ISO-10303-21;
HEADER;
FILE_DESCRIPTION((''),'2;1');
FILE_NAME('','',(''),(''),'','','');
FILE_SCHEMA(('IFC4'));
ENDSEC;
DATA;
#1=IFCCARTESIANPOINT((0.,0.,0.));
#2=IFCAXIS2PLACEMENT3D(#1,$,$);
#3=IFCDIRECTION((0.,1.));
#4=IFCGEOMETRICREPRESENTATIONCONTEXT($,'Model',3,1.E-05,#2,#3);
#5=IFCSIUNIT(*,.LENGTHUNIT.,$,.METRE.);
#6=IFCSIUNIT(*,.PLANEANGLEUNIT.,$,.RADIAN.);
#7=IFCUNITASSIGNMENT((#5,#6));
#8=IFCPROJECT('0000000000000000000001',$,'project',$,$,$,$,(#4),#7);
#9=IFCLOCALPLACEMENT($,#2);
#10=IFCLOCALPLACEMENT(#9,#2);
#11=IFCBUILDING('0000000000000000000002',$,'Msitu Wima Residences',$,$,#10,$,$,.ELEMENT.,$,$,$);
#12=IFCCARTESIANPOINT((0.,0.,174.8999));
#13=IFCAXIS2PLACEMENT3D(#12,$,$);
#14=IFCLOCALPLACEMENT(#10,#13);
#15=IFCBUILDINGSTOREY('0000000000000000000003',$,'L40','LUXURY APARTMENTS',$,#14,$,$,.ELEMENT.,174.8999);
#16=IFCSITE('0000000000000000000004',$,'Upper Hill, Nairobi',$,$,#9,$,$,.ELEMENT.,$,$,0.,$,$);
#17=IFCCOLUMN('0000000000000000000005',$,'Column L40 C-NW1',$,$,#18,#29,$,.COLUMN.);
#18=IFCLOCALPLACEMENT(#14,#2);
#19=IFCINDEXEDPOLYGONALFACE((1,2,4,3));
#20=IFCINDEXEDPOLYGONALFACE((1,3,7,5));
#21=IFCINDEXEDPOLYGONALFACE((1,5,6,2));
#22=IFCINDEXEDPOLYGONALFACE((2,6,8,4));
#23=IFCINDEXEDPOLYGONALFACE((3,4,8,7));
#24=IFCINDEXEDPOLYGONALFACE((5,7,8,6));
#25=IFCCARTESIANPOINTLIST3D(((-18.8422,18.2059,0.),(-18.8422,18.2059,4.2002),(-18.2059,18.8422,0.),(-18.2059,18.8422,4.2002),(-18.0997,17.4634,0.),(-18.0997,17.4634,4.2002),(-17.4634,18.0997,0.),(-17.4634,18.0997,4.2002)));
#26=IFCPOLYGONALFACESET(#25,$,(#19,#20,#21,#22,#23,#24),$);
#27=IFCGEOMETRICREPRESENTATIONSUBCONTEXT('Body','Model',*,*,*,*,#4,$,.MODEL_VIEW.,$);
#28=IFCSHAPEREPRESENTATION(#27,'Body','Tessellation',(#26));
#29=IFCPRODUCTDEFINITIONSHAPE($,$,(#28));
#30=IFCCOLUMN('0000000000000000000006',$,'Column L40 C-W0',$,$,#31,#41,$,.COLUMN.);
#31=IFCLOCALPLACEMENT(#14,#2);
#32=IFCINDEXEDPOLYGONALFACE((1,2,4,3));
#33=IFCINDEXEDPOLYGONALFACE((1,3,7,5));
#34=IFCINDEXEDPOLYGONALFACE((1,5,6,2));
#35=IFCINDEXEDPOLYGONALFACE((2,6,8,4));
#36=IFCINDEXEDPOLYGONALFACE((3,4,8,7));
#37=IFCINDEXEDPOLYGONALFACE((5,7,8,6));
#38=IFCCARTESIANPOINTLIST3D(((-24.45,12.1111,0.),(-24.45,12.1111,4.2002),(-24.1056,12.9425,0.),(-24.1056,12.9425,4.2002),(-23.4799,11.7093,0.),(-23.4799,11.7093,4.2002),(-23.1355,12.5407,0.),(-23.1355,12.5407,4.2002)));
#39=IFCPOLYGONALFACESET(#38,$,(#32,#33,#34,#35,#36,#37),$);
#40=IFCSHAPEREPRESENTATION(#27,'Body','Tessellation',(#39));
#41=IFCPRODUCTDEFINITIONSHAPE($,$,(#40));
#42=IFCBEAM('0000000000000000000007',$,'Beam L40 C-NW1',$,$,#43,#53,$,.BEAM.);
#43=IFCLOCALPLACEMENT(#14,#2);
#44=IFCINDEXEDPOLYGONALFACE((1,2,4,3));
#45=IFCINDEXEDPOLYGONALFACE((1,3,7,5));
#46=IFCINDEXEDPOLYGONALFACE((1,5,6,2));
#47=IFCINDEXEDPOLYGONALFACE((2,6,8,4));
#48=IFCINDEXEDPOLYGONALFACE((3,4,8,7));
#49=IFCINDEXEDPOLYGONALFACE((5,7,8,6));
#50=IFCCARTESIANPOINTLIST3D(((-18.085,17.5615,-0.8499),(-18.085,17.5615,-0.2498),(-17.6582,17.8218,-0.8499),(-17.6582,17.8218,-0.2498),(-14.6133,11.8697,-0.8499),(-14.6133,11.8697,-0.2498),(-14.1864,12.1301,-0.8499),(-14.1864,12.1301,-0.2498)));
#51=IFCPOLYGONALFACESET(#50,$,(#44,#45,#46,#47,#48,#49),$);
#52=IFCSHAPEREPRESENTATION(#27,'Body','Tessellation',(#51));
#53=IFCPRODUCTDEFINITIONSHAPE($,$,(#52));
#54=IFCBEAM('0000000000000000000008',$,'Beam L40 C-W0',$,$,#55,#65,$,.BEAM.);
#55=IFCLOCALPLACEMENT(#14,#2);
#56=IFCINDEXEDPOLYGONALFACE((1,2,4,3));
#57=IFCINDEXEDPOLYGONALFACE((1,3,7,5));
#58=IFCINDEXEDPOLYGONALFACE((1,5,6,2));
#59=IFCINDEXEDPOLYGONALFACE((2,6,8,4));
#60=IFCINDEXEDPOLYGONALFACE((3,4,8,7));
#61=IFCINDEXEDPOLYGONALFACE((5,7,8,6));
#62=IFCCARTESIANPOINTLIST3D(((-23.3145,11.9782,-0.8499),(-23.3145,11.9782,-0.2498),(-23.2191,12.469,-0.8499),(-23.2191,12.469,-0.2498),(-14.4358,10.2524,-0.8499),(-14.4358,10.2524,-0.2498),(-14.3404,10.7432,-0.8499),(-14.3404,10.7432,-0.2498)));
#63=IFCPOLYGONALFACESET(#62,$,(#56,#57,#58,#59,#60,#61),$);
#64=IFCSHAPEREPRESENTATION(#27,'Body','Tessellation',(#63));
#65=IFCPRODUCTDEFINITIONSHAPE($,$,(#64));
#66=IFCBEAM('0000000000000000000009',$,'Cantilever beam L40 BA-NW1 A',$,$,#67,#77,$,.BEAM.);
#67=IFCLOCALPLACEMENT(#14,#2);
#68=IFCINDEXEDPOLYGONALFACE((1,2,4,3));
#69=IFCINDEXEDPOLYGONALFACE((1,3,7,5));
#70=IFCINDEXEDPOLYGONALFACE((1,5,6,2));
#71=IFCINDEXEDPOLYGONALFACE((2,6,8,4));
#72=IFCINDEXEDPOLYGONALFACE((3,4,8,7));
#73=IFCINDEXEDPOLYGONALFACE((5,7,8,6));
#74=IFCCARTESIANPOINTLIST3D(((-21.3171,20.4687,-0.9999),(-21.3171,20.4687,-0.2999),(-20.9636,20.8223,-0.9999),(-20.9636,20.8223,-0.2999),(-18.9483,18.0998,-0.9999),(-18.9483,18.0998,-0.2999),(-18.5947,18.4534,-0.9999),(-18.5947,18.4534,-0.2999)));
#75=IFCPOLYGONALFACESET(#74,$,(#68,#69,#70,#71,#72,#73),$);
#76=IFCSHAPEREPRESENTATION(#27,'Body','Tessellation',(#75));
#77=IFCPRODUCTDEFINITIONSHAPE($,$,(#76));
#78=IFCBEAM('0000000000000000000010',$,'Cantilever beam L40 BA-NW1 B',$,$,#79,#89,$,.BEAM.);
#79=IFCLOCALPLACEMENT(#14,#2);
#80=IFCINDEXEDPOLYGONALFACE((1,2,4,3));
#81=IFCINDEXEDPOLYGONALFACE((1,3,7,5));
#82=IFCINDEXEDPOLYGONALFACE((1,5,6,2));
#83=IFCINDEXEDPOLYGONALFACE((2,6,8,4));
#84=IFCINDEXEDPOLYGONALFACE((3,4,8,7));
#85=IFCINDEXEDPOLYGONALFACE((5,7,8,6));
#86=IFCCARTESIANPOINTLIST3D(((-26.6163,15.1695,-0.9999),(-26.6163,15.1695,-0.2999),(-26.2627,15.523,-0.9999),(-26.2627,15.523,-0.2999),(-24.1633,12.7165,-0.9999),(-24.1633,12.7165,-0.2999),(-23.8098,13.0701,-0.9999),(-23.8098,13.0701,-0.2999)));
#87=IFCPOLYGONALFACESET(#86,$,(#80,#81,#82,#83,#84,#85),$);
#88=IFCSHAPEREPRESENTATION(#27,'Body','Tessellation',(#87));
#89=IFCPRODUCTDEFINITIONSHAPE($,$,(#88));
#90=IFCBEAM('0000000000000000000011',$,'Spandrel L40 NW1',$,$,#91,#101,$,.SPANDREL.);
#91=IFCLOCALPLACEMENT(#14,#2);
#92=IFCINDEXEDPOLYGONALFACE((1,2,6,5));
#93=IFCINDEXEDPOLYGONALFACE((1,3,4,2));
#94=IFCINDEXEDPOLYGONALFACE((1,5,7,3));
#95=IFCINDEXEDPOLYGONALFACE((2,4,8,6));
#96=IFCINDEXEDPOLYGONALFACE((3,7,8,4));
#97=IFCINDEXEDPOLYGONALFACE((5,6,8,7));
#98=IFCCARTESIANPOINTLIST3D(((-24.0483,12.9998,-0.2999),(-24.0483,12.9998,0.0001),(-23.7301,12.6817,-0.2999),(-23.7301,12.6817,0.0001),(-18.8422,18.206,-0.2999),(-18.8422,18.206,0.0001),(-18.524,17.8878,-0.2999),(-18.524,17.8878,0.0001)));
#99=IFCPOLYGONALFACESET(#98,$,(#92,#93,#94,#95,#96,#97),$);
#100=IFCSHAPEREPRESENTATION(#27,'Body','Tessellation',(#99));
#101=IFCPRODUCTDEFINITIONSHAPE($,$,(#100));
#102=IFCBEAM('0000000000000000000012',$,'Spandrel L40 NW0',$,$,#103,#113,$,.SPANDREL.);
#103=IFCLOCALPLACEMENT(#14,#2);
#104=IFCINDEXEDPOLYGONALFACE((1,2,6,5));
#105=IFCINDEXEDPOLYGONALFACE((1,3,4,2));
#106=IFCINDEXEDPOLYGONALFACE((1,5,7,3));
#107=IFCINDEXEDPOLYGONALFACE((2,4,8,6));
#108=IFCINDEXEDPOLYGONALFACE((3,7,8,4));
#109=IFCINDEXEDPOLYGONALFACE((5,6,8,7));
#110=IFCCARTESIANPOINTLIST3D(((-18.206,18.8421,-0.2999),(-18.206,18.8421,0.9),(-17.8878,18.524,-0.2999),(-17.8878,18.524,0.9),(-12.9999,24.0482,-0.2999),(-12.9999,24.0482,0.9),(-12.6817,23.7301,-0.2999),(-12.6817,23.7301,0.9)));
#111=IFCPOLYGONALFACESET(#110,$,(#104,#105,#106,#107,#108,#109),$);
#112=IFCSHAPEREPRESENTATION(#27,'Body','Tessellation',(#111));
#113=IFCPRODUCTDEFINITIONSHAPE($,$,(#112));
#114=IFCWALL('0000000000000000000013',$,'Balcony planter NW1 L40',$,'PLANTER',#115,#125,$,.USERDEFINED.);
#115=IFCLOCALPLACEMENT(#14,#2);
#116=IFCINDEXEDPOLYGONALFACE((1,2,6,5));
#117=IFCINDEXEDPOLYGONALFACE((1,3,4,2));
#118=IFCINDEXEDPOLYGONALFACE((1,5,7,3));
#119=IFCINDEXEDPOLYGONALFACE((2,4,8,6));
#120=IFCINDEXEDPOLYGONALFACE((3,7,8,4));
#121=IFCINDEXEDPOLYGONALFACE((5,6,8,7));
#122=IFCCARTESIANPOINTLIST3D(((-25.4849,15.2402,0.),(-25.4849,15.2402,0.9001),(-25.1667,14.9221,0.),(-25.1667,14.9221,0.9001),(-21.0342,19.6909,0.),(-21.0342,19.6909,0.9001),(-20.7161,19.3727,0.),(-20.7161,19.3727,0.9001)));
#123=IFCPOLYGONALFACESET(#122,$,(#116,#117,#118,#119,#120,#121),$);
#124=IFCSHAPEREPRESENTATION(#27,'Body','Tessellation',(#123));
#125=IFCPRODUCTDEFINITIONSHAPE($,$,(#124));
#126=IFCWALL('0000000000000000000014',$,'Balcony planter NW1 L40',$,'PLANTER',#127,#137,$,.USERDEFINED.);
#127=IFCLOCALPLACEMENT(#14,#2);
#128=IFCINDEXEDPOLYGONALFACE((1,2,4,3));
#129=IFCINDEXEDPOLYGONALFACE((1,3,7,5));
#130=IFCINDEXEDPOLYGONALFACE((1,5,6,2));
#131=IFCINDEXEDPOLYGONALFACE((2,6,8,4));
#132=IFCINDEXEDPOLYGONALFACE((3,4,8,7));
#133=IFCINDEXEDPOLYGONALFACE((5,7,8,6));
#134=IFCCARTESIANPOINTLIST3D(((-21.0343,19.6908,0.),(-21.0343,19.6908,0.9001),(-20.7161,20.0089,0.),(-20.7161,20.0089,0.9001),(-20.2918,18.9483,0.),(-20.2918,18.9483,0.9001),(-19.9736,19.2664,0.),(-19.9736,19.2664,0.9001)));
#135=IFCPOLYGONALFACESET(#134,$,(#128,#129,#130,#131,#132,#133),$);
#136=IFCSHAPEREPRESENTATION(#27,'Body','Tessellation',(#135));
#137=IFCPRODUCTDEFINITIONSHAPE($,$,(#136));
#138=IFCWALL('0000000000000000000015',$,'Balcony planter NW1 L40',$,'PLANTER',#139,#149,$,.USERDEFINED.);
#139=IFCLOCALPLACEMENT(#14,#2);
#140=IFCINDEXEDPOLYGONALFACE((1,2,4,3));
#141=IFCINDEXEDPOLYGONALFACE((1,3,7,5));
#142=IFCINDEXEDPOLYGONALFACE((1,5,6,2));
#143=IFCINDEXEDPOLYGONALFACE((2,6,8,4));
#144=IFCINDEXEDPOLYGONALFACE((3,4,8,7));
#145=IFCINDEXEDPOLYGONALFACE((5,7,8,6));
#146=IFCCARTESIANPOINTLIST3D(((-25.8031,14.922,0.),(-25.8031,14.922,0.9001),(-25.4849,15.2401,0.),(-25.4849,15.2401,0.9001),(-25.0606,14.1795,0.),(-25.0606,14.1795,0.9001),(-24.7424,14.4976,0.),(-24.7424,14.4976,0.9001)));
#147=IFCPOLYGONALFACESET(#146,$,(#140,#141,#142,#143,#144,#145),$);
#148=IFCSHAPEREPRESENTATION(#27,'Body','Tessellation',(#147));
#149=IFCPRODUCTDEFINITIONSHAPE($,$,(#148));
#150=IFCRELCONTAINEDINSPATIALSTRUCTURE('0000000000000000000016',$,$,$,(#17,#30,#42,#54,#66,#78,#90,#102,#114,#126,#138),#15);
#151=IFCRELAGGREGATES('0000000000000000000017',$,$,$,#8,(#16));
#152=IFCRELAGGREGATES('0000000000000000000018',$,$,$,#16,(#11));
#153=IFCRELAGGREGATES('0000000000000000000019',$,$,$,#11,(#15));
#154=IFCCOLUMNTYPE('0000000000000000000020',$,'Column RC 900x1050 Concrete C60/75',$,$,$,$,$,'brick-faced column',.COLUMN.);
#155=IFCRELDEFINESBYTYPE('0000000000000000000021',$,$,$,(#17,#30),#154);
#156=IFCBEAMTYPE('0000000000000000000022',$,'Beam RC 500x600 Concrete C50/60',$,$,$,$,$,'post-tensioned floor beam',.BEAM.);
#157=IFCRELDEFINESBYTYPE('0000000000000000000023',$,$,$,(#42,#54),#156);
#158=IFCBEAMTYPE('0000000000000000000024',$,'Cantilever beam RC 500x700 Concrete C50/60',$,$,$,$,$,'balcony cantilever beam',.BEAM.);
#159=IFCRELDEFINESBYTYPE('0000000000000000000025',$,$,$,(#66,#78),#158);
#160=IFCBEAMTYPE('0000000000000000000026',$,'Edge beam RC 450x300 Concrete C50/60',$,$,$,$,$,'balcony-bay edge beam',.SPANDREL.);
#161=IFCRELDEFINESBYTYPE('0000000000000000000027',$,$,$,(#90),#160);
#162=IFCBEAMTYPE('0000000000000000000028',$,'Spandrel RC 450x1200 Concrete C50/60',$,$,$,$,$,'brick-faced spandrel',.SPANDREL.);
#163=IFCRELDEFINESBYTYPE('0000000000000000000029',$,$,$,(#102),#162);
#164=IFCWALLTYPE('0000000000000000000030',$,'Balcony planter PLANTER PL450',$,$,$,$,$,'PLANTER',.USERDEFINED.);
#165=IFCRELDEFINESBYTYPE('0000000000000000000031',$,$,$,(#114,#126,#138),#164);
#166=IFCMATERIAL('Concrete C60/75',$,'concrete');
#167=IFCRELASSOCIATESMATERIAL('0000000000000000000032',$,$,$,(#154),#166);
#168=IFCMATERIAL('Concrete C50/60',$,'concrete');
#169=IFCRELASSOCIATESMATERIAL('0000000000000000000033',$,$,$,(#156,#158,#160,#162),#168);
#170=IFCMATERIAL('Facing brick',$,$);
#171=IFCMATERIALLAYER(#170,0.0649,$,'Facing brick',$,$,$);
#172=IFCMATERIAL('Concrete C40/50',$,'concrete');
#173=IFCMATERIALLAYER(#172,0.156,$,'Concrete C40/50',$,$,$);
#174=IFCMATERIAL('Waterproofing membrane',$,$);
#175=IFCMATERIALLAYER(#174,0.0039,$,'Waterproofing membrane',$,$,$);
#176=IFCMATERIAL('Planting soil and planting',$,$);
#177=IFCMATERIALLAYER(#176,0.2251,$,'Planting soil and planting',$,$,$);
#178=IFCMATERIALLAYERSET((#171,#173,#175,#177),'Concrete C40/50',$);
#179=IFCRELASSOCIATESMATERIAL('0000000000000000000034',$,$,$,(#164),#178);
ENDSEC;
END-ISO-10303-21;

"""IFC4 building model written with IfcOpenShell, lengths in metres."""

from ifc_helpers import new_model, si_unit, direction, frame, frame_2d, origin, origin_2d, place, context, subcontext, project, spatial, rectangle, extrude, material, layer, layer_set, material_profile, profile_set, type_object, element, save


model = new_model("IFC4")

# Units and contexts
model_context = context("Model", 3, precision=1e-05, world=origin(), true_north=direction((0.0, 1.0)))
body_context = subcontext(model_context, "Body", "Model", "MODEL_VIEW")
ifc_project = project(units=[si_unit("LENGTHUNIT", "METRE"), si_unit("PLANEANGLEUNIT", "RADIAN")], contexts=[model_context])

# Site, building, storey
site_placement = place(None, origin())
site = spatial("IfcSite", under=ifc_project, at=site_placement, Name="Upper Hill, Nairobi", CompositionType="ELEMENT", RefElevation=0.0)
building_placement = place(site_placement, origin())
building = spatial("IfcBuilding", under=site, at=building_placement, Name="Msitu Wima Residences", CompositionType="ELEMENT")
storey_placement = place(building_placement, frame((0.0, 0.0, 174.8999)))
storey = spatial("IfcBuildingStorey", under=building, at=storey_placement, Name="L40", Description="LUXURY APARTMENTS", CompositionType="ELEMENT", Elevation=174.8999)

# Columns
ifc_material_1 = material(Name="Concrete C60/75", Category="concrete")
ifc_material_profile_1 = material_profile(ifc_material_1, rectangle(XDim=0.8999, YDim=1.05, at=origin_2d()), Name="RC 900x1050")
ifc_profile_set_1 = profile_set([ifc_material_profile_1], Name="Concrete C60/75")
column_type = type_object("IfcColumnType", Name="Column RC 900x1050 Concrete C60/75", ElementType="brick-faced column", PredefinedType="COLUMN", material=ifc_profile_set_1)
for number, where, z_axis, x_axis, name in (
    (1, (-18.1528, 18.1528, 0.0), (0.0, 0.0, 1.0), (-0.707107, -0.707107, 0.0), "Column L40 C-NW1"),
    (2, (-23.7927, 12.3259, 0.0), (0.0, 0.0, 1.0), (-0.382683, -0.92388, 0.0), "Column L40 C-W0"),
):
    element("IfcColumn", number, at=place(storey_placement, frame(where, z_axis=z_axis, x_axis=x_axis)), inside=storey, type_object=column_type, Name=name, PredefinedType="COLUMN", context=body_context, shape_type="SweptSolid", body=[
        extrude(rectangle(XDim=0.8999, YDim=1.05, at=origin_2d()), origin(), (0.0, 0.0, 1.0), 4.2002),
    ])

# Beams
ifc_material_2 = material(Name="Concrete C50/60", Category="concrete")
ifc_material_profile_2 = material_profile(ifc_material_2, rectangle(XDim=0.5, YDim=0.6001, at=origin_2d()), Name="RC 500x600")
ifc_profile_set_2 = profile_set([ifc_material_profile_2], Name="Concrete C50/60")
beam_type_1 = type_object("IfcBeamType", Name="Beam RC 500x600 Concrete C50/60", ElementType="post-tensioned floor beam", PredefinedType="BEAM", material=ifc_profile_set_2)
beam_1_placement = place(storey_placement, frame((-17.8716, 17.6917, -0.5498), z_axis=(0.520734, -0.853719, 0.0), x_axis=(0.853719, 0.520734, 0.0)))
element("IfcBeam", 3, at=beam_1_placement, inside=storey, type_object=beam_type_1, Name="Beam L40 C-NW1", PredefinedType="BEAM", context=body_context, shape_type="SweptSolid", body=[
    extrude(rectangle(XDim=0.5, YDim=0.6001, at=origin_2d()), origin(), (0.0, 0.0, 1.0), 6.667),
])
beam_2_placement = place(storey_placement, frame((-23.2668, 12.2236, -0.5498), z_axis=(0.981627, -0.190808, 0.0), x_axis=(0.190808, 0.981627, 0.0)))
element("IfcBeam", 4, at=beam_2_placement, inside=storey, type_object=beam_type_1, Name="Beam L40 C-W0", PredefinedType="BEAM", context=body_context, shape_type="SweptSolid", body=[
    extrude(rectangle(XDim=0.5, YDim=0.6001, at=origin_2d()), origin(), (0.0, 0.0, 1.0), 9.0449),
])
ifc_material_profile_3 = material_profile(ifc_material_2, rectangle(XDim=0.5, YDim=0.7, at=origin_2d()), Name="RC 500x700")
ifc_profile_set_3 = profile_set([ifc_material_profile_3], Name="Concrete C50/60")
beam_type_2 = type_object("IfcBeamType", Name="Cantilever beam RC 500x700 Concrete C50/60", ElementType="balcony cantilever beam", PredefinedType="BEAM", material=ifc_profile_set_3)
beam_3_placement = place(storey_placement, frame((-18.7715, 18.2766, -0.6499), z_axis=(-0.707107, 0.707107, 0.0), x_axis=(-0.707107, -0.707107, 0.0)))
element("IfcBeam", 5, at=beam_3_placement, inside=storey, type_object=beam_type_2, Name="Cantilever beam L40 BA-NW1 A", PredefinedType="BEAM", context=body_context, shape_type="SweptSolid", body=[
    extrude(rectangle(XDim=0.5, YDim=0.7, at=origin_2d()), origin(), (0.0, 0.0, 1.0), 3.3501),
])
beam_4_placement = place(storey_placement, frame((-23.9866, 12.8933, -0.6499), z_axis=(-0.707107, 0.707107, 0.0), x_axis=(-0.707107, -0.707107, 0.0)))
element("IfcBeam", 6, at=beam_4_placement, inside=storey, type_object=beam_type_2, Name="Cantilever beam L40 BA-NW1 B", PredefinedType="BEAM", context=body_context, shape_type="SweptSolid", body=[
    extrude(rectangle(XDim=0.5, YDim=0.7, at=origin_2d()), origin(), (0.0, 0.0, 1.0), 3.469),
])
ifc_material_profile_4 = material_profile(ifc_material_2, rectangle(XDim=0.45, YDim=0.3, at=origin_2d()), Name="RC 450x300")
ifc_profile_set_4 = profile_set([ifc_material_profile_4], Name="Concrete C50/60")
beam_type_3 = type_object("IfcBeamType", Name="Edge beam RC 450x300 Concrete C50/60", ElementType="balcony-bay edge beam", PredefinedType="SPANDREL", material=ifc_profile_set_4)
beam_5_placement = place(storey_placement, frame((-18.6831, 18.0469, -0.1499), z_axis=(-0.707107, -0.707107, 0.0), x_axis=(0.707107, -0.707107, 0.0)))
element("IfcBeam", 7, at=beam_5_placement, inside=storey, type_object=beam_type_3, Name="Spandrel L40 NW1", PredefinedType="SPANDREL", context=body_context, shape_type="SweptSolid", body=[
    extrude(rectangle(XDim=0.45, YDim=0.3, at=origin_2d()), origin(), (0.0, 0.0, 1.0), 7.3625),
])
ifc_material_profile_5 = material_profile(ifc_material_2, rectangle(XDim=0.45, YDim=1.2, at=origin_2d()), Name="RC 450x1200")
ifc_profile_set_5 = profile_set([ifc_material_profile_5], Name="Concrete C50/60")
beam_type_4 = type_object("IfcBeamType", Name="Spandrel RC 450x1200 Concrete C50/60", ElementType="brick-faced spandrel", PredefinedType="SPANDREL", material=ifc_profile_set_5)
beam_6_placement = place(storey_placement, frame((-12.8408, 23.8892, 0.3), z_axis=(-0.707107, -0.707107, 0.0), x_axis=(0.707107, -0.707107, 0.0)))
element("IfcBeam", 8, at=beam_6_placement, inside=storey, type_object=beam_type_4, Name="Spandrel L40 NW0", PredefinedType="SPANDREL", context=body_context, shape_type="SweptSolid", body=[
    extrude(rectangle(XDim=0.45, YDim=1.2, at=origin_2d()), origin(), (0.0, 0.0, 1.0), 7.3625),
])

# Walls
ifc_material_3 = material(Name="Facing brick")
ifc_layer_1 = layer(ifc_material_3, 0.0649, Name="Facing brick")
ifc_material_4 = material(Name="Concrete C40/50", Category="concrete")
ifc_layer_2 = layer(ifc_material_4, 0.156, Name="Concrete C40/50")
ifc_material_5 = material(Name="Waterproofing membrane")
ifc_layer_3 = layer(ifc_material_5, 0.0039, Name="Waterproofing membrane")
ifc_material_6 = material(Name="Planting soil and planting")
ifc_layer_4 = layer(ifc_material_6, 0.2251, Name="Planting soil and planting")
ifc_layer_set_1 = layer_set([ifc_layer_1, ifc_layer_2, ifc_layer_3, ifc_layer_4], Name="Concrete C40/50")
wall_type_1 = type_object("IfcWallType", Name="Balcony planter PLANTER PL450", ElementType="PLANTER", PredefinedType="USERDEFINED", material=ifc_layer_set_1)
wall_1_placement = place(storey_placement, frame((-20.8752, 19.5317, 0.0), z_axis=(0.0, 0.0, 1.0), x_axis=(-0.707107, -0.707107, 0.0)))
element("IfcWall", 9, at=wall_1_placement, inside=storey, type_object=wall_type_1, Name="Balcony planter NW1 L40", ObjectType="PLANTER", PredefinedType="USERDEFINED", context=body_context, shape_type="SweptSolid", body=[
    extrude(rectangle(XDim=6.2942, YDim=0.45, at=frame_2d((3.147, 0.0))), origin(), (0.0, 0.0, 1.0), 0.9001),
])
for number, where, z_axis, x_axis, name in (
    (10, (-20.1328, 19.1074, 0.0), (0.0, 0.0, 1.0), (-0.707107, 0.707107, 0.0), "Balcony planter NW1 L40"),
    (11, (-24.9016, 14.3386, 0.0), (0.0, 0.0, 1.0), (-0.707107, 0.707107, 0.0), "Balcony planter NW1 L40"),
):
    element("IfcWall", number, at=place(storey_placement, frame(where, z_axis=z_axis, x_axis=x_axis)), inside=storey, type_object=wall_type_1, Name=name, ObjectType="PLANTER", PredefinedType="USERDEFINED", context=body_context, shape_type="SweptSolid", body=[
        extrude(rectangle(XDim=1.05, YDim=0.45, at=frame_2d((0.5249, 0.0))), origin(), (0.0, 0.0, 1.0), 0.9001),
    ])

save(model, "model.ifc")
